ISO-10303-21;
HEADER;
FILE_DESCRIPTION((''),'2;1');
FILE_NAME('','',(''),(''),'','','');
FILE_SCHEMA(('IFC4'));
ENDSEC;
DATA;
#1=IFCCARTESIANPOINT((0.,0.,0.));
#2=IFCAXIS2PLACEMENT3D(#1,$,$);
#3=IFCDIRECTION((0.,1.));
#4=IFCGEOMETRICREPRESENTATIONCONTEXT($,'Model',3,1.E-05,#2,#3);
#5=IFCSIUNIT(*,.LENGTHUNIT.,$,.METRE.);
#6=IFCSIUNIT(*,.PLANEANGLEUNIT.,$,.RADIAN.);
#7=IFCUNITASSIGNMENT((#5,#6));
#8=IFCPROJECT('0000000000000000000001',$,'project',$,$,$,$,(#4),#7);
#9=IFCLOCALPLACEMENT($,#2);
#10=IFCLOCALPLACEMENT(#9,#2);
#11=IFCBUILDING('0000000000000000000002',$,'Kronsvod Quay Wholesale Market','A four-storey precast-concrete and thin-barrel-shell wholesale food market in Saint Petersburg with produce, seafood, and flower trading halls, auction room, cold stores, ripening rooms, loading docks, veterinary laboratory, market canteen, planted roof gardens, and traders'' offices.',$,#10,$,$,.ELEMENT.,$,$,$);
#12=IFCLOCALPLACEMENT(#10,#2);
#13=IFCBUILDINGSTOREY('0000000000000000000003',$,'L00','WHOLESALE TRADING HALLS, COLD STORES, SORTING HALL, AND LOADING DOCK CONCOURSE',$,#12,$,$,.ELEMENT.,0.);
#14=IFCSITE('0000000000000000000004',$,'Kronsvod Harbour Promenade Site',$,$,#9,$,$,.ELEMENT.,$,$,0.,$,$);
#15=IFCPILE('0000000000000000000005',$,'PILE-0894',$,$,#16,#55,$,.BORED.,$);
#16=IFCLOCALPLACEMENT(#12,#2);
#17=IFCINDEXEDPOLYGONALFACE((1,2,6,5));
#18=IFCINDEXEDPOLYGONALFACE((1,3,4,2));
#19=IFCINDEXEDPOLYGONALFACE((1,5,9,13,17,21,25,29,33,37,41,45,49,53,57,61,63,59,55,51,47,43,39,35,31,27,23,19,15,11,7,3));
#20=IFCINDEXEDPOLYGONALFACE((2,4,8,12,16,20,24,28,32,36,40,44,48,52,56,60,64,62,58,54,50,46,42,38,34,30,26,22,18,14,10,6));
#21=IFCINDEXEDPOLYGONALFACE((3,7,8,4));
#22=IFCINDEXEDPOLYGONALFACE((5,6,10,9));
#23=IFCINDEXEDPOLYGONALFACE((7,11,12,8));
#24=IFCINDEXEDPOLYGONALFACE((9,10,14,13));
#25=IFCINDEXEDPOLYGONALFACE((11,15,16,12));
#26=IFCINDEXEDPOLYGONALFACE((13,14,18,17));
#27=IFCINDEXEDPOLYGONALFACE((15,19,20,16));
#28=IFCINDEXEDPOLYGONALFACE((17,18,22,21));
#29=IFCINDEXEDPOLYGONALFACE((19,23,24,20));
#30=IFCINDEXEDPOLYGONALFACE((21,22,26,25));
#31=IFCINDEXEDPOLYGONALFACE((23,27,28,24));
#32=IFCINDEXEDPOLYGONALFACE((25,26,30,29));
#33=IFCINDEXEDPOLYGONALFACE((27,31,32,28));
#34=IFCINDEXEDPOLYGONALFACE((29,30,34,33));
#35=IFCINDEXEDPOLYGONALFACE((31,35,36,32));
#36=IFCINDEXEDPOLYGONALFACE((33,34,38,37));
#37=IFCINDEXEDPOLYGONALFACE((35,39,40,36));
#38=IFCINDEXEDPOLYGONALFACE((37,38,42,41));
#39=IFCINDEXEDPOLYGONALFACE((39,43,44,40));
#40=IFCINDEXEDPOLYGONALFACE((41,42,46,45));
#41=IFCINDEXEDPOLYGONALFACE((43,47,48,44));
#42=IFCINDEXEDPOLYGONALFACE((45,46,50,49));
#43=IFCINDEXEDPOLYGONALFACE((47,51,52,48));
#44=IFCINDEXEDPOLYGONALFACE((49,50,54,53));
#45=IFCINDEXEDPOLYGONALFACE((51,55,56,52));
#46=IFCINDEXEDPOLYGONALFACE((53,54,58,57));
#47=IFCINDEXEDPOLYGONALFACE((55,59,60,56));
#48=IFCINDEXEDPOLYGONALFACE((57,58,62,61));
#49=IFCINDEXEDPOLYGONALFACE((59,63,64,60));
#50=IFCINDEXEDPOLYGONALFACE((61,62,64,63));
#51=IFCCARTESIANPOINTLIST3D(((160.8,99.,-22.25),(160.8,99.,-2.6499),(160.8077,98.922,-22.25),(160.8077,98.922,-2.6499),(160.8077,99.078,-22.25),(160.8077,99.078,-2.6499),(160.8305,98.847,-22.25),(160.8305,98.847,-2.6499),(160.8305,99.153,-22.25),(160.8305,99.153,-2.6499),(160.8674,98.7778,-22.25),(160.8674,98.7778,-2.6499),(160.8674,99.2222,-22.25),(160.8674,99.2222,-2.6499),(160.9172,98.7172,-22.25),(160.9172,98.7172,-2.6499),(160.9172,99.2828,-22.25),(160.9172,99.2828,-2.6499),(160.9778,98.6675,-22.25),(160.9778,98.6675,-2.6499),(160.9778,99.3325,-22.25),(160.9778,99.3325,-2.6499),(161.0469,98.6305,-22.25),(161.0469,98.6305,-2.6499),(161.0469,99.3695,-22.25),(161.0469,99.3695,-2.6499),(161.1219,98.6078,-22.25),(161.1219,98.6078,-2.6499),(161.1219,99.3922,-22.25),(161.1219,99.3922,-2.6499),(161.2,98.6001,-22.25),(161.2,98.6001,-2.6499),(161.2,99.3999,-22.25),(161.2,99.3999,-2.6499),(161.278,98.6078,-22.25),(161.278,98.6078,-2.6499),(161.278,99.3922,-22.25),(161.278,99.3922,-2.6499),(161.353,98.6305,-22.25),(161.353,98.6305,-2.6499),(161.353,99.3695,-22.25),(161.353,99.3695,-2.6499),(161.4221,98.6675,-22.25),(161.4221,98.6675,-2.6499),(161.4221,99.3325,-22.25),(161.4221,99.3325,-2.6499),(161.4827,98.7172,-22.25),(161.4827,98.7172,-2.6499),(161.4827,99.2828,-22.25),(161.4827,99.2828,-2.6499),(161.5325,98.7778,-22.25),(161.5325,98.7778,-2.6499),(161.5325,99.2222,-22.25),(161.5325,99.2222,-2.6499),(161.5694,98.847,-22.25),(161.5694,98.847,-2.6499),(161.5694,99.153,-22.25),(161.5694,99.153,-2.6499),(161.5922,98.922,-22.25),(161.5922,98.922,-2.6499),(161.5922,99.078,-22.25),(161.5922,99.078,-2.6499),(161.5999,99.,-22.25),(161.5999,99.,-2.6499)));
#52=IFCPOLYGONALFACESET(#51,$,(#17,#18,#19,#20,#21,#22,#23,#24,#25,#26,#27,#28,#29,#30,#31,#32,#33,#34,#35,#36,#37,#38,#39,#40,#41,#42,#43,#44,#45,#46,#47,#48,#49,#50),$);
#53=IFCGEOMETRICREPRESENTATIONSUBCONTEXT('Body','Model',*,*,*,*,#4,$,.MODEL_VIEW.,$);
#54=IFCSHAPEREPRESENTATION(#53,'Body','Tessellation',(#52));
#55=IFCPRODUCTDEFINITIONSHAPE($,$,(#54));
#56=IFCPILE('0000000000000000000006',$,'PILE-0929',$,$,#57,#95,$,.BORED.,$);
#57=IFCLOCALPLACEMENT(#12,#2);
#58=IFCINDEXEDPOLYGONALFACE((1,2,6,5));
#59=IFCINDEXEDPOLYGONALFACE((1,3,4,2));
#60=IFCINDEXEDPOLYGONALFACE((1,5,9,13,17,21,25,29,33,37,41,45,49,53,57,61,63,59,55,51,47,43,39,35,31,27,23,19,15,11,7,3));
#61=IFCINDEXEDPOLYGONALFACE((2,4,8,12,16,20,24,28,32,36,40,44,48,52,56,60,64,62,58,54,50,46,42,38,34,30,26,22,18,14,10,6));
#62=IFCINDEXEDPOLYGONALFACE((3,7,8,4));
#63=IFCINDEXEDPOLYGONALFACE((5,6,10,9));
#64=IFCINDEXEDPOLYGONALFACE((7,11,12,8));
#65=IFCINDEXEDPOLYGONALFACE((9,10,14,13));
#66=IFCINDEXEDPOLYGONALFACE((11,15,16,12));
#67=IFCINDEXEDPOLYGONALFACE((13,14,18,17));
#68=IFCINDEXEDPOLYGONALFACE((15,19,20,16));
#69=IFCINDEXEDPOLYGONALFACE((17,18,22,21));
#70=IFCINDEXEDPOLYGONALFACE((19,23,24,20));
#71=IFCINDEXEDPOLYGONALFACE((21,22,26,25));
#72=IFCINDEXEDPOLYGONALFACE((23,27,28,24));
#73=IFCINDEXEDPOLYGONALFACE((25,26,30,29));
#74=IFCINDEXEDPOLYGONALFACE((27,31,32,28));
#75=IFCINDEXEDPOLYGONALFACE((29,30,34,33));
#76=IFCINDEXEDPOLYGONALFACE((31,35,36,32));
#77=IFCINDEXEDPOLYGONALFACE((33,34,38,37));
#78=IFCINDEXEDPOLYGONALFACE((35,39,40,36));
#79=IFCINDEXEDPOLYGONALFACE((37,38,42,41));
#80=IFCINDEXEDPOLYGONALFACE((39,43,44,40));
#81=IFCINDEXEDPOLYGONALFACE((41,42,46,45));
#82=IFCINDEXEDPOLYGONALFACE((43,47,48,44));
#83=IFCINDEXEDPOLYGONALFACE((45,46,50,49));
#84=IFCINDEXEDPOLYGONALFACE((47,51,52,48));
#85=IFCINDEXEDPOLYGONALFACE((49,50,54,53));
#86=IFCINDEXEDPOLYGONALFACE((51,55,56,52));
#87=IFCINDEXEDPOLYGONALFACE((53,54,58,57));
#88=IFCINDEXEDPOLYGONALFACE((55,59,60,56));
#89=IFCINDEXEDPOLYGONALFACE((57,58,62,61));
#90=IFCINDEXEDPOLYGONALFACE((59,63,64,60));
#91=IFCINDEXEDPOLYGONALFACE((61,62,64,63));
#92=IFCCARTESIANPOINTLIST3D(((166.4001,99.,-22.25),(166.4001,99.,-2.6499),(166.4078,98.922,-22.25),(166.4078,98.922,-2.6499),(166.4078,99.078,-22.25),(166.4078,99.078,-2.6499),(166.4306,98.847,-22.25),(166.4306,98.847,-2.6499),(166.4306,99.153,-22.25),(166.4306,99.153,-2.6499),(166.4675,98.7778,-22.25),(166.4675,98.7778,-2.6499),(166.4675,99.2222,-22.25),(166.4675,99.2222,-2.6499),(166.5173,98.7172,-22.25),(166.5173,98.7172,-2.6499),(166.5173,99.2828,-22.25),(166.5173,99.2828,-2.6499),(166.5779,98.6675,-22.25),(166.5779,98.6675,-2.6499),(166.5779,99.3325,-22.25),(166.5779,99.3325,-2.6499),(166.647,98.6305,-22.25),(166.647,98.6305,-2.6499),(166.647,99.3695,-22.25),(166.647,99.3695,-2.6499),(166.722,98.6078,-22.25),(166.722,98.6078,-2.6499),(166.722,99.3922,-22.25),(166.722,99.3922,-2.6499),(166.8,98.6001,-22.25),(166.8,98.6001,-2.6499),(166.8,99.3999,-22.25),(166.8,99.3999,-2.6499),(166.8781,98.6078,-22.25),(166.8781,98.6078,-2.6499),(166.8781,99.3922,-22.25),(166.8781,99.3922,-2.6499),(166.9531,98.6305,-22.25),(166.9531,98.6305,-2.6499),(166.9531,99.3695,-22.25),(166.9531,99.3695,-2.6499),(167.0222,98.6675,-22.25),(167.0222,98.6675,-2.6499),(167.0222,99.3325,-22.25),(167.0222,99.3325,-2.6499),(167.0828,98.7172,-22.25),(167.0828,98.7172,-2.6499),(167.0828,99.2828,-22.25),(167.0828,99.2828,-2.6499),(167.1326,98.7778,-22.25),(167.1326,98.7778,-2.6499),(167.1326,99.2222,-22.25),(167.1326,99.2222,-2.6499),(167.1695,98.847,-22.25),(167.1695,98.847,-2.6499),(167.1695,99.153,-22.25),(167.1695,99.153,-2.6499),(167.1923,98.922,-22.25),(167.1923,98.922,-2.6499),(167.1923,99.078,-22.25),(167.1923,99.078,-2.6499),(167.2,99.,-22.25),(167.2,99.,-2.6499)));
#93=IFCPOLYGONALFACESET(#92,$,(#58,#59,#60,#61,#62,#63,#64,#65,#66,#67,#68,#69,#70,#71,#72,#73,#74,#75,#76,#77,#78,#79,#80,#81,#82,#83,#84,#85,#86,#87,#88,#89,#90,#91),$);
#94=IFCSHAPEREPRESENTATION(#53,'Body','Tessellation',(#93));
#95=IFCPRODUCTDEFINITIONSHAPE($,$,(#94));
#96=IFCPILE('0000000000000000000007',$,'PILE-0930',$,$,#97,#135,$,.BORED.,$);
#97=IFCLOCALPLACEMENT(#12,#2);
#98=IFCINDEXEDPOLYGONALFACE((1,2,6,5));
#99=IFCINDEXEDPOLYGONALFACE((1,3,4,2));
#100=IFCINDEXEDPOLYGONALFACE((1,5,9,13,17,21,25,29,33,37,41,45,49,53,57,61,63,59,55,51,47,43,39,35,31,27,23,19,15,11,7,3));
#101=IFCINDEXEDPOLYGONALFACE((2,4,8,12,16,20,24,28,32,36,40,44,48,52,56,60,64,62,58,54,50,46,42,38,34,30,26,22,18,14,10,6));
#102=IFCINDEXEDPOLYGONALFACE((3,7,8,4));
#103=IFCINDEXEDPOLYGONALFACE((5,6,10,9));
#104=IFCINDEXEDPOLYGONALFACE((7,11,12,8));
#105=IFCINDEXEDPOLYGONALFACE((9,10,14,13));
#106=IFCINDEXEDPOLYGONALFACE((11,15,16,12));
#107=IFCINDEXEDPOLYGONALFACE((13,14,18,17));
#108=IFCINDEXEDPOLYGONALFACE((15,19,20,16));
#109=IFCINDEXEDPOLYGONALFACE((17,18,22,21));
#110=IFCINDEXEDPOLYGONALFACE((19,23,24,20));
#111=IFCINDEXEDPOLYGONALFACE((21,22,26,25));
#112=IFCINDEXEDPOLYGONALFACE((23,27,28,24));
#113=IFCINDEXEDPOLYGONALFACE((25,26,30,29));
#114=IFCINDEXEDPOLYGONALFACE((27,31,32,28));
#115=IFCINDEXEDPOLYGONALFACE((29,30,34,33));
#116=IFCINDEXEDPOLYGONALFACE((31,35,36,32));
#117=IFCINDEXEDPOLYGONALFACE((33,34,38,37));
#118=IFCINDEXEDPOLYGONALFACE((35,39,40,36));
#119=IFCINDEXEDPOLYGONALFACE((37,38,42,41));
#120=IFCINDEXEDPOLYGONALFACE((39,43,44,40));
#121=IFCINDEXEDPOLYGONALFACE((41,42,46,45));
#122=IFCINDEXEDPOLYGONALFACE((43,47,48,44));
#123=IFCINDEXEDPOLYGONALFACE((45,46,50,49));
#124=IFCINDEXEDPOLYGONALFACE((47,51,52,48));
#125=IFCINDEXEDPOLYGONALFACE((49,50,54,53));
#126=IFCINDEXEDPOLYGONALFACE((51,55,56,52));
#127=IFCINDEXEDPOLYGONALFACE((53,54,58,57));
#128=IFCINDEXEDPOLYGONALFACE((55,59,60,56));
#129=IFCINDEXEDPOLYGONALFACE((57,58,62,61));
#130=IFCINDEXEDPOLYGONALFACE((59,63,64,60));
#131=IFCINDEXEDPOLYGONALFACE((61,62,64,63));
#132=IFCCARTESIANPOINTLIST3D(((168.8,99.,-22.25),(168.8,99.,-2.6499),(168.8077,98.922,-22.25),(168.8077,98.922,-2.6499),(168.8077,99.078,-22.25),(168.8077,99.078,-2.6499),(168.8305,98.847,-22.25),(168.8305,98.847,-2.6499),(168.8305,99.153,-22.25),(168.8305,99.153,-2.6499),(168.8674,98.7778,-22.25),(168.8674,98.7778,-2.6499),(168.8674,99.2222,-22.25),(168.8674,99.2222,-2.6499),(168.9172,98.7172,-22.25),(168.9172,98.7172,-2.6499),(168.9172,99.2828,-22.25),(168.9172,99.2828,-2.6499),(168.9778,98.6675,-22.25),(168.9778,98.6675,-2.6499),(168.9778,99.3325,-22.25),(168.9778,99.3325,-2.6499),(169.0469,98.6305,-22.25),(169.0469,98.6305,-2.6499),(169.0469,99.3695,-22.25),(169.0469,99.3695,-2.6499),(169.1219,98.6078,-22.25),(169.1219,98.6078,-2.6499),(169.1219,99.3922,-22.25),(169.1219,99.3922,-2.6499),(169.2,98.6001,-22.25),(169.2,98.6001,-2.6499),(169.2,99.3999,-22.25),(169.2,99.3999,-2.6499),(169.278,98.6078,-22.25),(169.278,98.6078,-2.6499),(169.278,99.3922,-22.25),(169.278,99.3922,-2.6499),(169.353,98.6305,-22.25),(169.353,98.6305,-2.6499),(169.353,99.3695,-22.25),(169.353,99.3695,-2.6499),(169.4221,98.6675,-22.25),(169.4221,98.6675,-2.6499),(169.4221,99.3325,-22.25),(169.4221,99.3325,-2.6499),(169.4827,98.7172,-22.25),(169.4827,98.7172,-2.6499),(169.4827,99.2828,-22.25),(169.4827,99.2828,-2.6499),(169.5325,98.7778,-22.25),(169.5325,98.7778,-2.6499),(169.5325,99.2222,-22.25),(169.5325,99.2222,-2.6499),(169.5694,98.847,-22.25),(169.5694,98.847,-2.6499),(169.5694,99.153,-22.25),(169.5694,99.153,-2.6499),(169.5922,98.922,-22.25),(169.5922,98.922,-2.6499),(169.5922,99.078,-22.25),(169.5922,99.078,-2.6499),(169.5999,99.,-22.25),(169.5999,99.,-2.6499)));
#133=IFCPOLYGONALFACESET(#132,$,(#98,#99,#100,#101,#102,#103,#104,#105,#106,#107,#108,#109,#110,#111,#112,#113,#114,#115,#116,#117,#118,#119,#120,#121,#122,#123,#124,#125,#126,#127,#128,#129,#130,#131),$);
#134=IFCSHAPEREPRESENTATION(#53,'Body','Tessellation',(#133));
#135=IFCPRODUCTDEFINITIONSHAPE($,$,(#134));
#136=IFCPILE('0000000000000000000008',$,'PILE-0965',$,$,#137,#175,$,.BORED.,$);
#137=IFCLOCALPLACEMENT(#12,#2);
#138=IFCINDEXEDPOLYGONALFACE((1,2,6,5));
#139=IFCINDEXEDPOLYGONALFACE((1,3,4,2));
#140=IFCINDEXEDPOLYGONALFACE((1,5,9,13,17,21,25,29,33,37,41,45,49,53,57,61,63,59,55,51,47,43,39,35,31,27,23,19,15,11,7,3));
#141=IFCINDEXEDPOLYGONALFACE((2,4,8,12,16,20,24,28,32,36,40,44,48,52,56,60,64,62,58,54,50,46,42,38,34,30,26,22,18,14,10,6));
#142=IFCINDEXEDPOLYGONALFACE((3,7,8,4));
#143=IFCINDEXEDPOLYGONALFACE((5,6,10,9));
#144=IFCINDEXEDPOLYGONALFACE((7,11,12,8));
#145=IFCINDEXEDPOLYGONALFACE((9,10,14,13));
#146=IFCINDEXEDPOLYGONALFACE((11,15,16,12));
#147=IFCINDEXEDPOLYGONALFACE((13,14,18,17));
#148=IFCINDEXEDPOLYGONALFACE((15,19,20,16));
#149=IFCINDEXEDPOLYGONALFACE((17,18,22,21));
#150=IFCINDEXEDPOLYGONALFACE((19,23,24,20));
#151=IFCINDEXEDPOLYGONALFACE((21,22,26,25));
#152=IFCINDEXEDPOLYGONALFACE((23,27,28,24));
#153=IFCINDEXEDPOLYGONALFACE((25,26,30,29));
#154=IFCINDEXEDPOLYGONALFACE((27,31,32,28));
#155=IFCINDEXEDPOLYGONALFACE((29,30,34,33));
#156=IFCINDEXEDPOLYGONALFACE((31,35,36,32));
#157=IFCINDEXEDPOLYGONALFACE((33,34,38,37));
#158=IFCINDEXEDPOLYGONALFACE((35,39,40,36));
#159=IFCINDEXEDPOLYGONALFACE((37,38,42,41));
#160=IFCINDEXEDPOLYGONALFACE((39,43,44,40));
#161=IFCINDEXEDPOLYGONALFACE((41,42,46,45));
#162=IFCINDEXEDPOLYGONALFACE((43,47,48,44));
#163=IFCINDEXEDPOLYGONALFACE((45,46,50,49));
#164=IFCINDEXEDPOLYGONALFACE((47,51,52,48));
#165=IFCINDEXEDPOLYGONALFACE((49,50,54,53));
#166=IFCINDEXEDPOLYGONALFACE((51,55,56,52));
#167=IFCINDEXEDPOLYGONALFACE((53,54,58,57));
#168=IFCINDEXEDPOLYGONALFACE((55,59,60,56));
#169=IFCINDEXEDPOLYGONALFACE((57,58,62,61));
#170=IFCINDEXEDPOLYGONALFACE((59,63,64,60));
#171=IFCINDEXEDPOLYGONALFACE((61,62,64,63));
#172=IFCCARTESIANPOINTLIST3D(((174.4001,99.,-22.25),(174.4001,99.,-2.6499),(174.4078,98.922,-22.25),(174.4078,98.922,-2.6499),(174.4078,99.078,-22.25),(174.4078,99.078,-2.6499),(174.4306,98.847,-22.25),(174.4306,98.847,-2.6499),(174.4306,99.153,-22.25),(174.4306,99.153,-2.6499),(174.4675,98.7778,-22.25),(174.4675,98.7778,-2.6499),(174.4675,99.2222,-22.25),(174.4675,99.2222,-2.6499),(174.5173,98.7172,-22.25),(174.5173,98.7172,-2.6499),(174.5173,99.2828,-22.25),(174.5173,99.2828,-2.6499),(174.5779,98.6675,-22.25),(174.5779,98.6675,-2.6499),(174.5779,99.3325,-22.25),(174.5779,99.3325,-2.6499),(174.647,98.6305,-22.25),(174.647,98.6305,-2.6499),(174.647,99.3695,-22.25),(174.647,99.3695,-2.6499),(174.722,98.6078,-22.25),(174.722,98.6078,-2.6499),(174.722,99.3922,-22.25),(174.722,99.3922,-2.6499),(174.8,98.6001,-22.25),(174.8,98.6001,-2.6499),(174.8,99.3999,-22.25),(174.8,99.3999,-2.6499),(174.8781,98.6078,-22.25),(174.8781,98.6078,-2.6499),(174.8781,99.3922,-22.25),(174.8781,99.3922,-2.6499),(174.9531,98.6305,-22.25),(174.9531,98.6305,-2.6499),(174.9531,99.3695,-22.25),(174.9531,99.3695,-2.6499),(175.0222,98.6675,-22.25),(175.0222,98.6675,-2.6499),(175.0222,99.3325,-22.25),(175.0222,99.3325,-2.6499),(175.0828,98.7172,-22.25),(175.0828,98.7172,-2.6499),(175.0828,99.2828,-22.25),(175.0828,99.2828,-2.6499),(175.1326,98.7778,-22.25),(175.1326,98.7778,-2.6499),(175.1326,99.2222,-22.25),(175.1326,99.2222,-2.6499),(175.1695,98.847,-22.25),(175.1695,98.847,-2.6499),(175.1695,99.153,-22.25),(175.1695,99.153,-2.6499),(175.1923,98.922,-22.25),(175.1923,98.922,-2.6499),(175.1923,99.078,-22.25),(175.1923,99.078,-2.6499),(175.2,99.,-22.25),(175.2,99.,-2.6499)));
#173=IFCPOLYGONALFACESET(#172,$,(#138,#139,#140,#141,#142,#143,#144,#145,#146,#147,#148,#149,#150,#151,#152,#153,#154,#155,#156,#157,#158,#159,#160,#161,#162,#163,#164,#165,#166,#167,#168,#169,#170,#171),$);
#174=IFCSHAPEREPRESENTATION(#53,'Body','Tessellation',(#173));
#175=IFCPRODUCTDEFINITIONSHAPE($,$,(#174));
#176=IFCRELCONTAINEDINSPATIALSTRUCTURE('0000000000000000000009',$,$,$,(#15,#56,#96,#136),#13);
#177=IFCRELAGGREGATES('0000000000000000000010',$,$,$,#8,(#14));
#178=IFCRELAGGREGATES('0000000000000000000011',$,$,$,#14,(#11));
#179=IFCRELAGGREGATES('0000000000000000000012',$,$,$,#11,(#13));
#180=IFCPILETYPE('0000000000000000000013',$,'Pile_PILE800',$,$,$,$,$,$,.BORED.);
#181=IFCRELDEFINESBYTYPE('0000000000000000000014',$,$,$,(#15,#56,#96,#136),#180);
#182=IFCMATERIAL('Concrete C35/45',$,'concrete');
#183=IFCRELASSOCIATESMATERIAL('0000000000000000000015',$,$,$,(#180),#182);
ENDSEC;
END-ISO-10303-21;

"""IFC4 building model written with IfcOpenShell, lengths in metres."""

from ifc_helpers import new_model, si_unit, direction, frame, origin, origin_2d, place, context, subcontext, project, spatial, circle, extrude, material, material_profile, profile_set, type_object, element, save


model = new_model("IFC4")

# Units and contexts
model_context = context("Model", 3, precision=1e-05, world=origin(), true_north=direction((0.0, 1.0)))
body_context = subcontext(model_context, "Body", "Model", "MODEL_VIEW")
ifc_project = project(units=[si_unit("LENGTHUNIT", "METRE"), si_unit("PLANEANGLEUNIT", "RADIAN")], contexts=[model_context])

# Site, building, storey
site_placement = place(None, origin())
site = spatial("IfcSite", under=ifc_project, at=site_placement, Name="Kronsvod Harbour Promenade Site", CompositionType="ELEMENT", RefElevation=0.0)
building_placement = place(site_placement, origin())
building = spatial("IfcBuilding", under=site, at=building_placement, Name="Kronsvod Quay Wholesale Market", Description="A four-storey precast-concrete and thin-barrel-shell wholesale food market in Saint Petersburg with produce, seafood, and flower trading halls, auction room, cold stores, ripening rooms, loading docks, veterinary laboratory, market canteen, planted roof gardens, and traders' offices.", CompositionType="ELEMENT")
storey_placement = place(building_placement, origin())
storey = spatial("IfcBuildingStorey", under=building, at=storey_placement, Name="L00", Description="WHOLESALE TRADING HALLS, COLD STORES, SORTING HALL, AND LOADING DOCK CONCOURSE", CompositionType="ELEMENT", Elevation=0.0)

# Piles
ifc_material_1 = material(Name="Concrete C35/45", Category="concrete")
ifc_material_profile_1 = material_profile(ifc_material_1, circle(Radius=0.3999, at=origin_2d()), Name="PILE800")
ifc_profile_set_1 = profile_set([ifc_material_profile_1], Name="Concrete C35/45")
pile_type_1 = type_object("IfcPileType", Name="Pile_PILE800", PredefinedType="BORED", material=ifc_profile_set_1)
for number, where, z_axis, x_axis, name in (
    (1, (161.2, 99.0, -2.6499), (0.0, 0.0, -1.0), (1.0, 0.0, 0.0), "PILE-0894"),
    (2, (166.8, 99.0, -2.6499), (0.0, 0.0, -1.0), (1.0, 0.0, 0.0), "PILE-0929"),
    (3, (169.2, 99.0, -2.6499), (0.0, 0.0, -1.0), (1.0, 0.0, 0.0), "PILE-0930"),
    (4, (174.8, 99.0, -2.6499), (0.0, 0.0, -1.0), (1.0, 0.0, 0.0), "PILE-0965"),
):
    element("IfcPile", number, at=place(storey_placement, frame(where, z_axis=z_axis, x_axis=x_axis)), inside=storey, type_object=pile_type_1, Name=name, PredefinedType="BORED", context=body_context, shape_type="SweptSolid", body=[
        extrude(circle(Radius=0.3999, at=origin_2d()), origin(), (0.0, 0.0, 1.0), 19.6001),
    ])

save(model, "model.ifc")
